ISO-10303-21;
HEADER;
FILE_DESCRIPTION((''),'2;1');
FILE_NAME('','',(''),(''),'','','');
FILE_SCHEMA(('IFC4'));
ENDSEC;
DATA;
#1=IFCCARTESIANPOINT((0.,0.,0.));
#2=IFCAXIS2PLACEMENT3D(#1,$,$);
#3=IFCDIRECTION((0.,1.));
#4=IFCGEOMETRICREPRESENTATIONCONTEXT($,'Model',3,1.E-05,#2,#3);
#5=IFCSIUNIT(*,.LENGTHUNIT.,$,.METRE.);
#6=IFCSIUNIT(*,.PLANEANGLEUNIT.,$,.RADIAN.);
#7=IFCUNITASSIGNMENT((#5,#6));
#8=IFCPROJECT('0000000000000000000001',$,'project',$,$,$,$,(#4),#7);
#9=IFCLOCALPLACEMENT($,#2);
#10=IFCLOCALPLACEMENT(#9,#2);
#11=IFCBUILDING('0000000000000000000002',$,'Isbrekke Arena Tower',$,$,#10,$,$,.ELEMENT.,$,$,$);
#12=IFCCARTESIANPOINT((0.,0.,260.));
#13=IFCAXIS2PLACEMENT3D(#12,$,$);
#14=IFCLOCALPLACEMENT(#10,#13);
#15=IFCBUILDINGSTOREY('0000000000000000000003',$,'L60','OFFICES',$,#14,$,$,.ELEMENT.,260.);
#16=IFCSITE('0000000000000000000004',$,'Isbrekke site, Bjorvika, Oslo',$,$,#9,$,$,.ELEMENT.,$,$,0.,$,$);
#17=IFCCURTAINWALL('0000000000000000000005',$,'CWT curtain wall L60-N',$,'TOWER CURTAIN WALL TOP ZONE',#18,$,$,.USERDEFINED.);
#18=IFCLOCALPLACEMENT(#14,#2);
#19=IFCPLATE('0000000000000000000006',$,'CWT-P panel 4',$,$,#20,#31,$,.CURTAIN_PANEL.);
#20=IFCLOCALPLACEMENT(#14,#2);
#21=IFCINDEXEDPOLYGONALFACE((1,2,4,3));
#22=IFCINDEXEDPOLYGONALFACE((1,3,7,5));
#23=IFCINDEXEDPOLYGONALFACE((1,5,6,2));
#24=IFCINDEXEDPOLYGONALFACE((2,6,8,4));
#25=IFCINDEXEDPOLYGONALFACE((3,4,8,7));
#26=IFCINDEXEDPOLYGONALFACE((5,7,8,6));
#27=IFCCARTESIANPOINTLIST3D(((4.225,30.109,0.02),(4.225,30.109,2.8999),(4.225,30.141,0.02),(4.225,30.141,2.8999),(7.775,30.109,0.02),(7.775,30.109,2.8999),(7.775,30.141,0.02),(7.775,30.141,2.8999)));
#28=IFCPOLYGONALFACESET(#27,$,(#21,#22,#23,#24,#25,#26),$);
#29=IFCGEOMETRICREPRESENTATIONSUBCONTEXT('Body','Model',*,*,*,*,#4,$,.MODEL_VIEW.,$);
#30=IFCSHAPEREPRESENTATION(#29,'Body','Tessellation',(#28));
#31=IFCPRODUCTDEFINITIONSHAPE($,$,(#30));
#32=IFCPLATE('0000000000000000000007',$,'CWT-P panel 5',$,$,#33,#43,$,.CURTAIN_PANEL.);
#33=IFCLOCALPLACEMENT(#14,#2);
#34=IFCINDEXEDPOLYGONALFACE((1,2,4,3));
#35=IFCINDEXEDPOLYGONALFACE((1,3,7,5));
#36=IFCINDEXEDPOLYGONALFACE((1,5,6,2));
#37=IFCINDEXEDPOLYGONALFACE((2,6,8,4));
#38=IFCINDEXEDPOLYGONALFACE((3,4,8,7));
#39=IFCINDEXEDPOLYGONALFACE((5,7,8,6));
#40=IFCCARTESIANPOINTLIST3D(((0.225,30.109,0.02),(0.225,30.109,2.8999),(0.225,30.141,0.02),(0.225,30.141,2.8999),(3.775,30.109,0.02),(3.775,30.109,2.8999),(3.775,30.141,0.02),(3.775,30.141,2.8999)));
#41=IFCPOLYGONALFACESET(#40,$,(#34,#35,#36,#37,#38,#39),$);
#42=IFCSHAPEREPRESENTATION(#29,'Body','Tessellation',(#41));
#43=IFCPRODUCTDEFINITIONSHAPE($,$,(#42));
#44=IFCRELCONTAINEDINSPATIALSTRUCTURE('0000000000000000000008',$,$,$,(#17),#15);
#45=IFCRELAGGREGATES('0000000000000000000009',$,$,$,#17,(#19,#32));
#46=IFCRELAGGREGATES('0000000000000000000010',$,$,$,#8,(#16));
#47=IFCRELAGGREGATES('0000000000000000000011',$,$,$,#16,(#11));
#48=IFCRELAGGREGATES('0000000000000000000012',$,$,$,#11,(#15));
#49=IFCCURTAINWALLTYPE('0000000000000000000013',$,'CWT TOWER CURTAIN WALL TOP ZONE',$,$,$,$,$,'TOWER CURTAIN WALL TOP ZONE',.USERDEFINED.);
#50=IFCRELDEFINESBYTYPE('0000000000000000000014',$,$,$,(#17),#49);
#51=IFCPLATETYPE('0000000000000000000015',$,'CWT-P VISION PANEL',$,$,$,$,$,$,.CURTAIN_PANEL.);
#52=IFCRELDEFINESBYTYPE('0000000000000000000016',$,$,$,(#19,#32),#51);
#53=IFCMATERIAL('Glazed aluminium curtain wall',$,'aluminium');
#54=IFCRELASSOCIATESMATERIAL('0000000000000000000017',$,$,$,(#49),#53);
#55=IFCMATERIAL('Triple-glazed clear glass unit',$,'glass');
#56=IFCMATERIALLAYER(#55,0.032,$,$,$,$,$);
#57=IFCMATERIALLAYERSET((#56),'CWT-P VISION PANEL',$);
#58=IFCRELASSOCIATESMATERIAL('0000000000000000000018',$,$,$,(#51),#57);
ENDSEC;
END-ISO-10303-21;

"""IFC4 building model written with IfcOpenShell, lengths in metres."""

from ifc_helpers import new_model, si_unit, direction, frame, origin, origin_2d, place, context, subcontext, project, spatial, rectangle, extrude, material, layer, layer_set, type_object, element, aggregate, save


model = new_model("IFC4")

# Units and contexts
model_context = context("Model", 3, precision=1e-05, world=origin(), true_north=direction((0.0, 1.0)))
body_context = subcontext(model_context, "Body", "Model", "MODEL_VIEW")
ifc_project = project(units=[si_unit("LENGTHUNIT", "METRE"), si_unit("PLANEANGLEUNIT", "RADIAN")], contexts=[model_context])

# Site, building, storey
site_placement = place(None, origin())
site = spatial("IfcSite", under=ifc_project, at=site_placement, Name="Isbrekke site, Bjorvika, Oslo", CompositionType="ELEMENT", RefElevation=0.0)
building_placement = place(site_placement, origin())
building = spatial("IfcBuilding", under=site, at=building_placement, Name="Isbrekke Arena Tower", CompositionType="ELEMENT")
storey_placement = place(building_placement, frame((0.0, 0.0, 260.0)))
storey = spatial("IfcBuildingStorey", under=building, at=storey_placement, Name="L60", Description="OFFICES", CompositionType="ELEMENT", Elevation=260.0)

# Curtain wall
ifc_material_1 = material(Name="Glazed aluminium curtain wall", Category="aluminium")
curtain_wall_type = type_object("IfcCurtainWallType", Name="CWT TOWER CURTAIN WALL TOP ZONE", ElementType="TOWER CURTAIN WALL TOP ZONE", PredefinedType="USERDEFINED", material=ifc_material_1)
curtain_wall_placement = place(storey_placement, origin())
curtain_wall = element("IfcCurtainWall", 1, at=curtain_wall_placement, inside=storey, type_object=curtain_wall_type, Name="CWT curtain wall L60-N", ObjectType="TOWER CURTAIN WALL TOP ZONE", PredefinedType="USERDEFINED")

# Plates
ifc_material_2 = material(Name="Triple-glazed clear glass unit", Category="glass")
ifc_layer = layer(ifc_material_2, 0.032)
ifc_layer_set = layer_set([ifc_layer], Name="CWT-P VISION PANEL")
plate_type = type_object("IfcPlateType", Name="CWT-P VISION PANEL", PredefinedType="CURTAIN_PANEL", material=ifc_layer_set)
plate_1_placement = place(storey_placement, frame((6.0, 30.125, 0.02), z_axis=(0.0, 0.0, 1.0), x_axis=(-1.0, 0.0, 0.0)))
plate_1 = element("IfcPlate", 2, at=plate_1_placement, type_object=plate_type, Name="CWT-P panel 4", PredefinedType="CURTAIN_PANEL", context=body_context, shape_type="SweptSolid", body=[
    extrude(rectangle(XDim=3.55, YDim=0.032, at=origin_2d()), origin(), (0.0, 0.0, 1.0), 2.8799),
])
plate_2_placement = place(storey_placement, frame((2.0, 30.125, 0.02), z_axis=(0.0, 0.0, 1.0), x_axis=(-1.0, 0.0, 0.0)))
plate_2 = element("IfcPlate", 3, at=plate_2_placement, type_object=plate_type, Name="CWT-P panel 5", PredefinedType="CURTAIN_PANEL", context=body_context, shape_type="SweptSolid", body=[
    extrude(rectangle(XDim=3.55, YDim=0.032, at=origin_2d()), origin(), (0.0, 0.0, 1.0), 2.8799),
])
aggregate(curtain_wall, [plate_1, plate_2])

save(model, "model.ifc")
